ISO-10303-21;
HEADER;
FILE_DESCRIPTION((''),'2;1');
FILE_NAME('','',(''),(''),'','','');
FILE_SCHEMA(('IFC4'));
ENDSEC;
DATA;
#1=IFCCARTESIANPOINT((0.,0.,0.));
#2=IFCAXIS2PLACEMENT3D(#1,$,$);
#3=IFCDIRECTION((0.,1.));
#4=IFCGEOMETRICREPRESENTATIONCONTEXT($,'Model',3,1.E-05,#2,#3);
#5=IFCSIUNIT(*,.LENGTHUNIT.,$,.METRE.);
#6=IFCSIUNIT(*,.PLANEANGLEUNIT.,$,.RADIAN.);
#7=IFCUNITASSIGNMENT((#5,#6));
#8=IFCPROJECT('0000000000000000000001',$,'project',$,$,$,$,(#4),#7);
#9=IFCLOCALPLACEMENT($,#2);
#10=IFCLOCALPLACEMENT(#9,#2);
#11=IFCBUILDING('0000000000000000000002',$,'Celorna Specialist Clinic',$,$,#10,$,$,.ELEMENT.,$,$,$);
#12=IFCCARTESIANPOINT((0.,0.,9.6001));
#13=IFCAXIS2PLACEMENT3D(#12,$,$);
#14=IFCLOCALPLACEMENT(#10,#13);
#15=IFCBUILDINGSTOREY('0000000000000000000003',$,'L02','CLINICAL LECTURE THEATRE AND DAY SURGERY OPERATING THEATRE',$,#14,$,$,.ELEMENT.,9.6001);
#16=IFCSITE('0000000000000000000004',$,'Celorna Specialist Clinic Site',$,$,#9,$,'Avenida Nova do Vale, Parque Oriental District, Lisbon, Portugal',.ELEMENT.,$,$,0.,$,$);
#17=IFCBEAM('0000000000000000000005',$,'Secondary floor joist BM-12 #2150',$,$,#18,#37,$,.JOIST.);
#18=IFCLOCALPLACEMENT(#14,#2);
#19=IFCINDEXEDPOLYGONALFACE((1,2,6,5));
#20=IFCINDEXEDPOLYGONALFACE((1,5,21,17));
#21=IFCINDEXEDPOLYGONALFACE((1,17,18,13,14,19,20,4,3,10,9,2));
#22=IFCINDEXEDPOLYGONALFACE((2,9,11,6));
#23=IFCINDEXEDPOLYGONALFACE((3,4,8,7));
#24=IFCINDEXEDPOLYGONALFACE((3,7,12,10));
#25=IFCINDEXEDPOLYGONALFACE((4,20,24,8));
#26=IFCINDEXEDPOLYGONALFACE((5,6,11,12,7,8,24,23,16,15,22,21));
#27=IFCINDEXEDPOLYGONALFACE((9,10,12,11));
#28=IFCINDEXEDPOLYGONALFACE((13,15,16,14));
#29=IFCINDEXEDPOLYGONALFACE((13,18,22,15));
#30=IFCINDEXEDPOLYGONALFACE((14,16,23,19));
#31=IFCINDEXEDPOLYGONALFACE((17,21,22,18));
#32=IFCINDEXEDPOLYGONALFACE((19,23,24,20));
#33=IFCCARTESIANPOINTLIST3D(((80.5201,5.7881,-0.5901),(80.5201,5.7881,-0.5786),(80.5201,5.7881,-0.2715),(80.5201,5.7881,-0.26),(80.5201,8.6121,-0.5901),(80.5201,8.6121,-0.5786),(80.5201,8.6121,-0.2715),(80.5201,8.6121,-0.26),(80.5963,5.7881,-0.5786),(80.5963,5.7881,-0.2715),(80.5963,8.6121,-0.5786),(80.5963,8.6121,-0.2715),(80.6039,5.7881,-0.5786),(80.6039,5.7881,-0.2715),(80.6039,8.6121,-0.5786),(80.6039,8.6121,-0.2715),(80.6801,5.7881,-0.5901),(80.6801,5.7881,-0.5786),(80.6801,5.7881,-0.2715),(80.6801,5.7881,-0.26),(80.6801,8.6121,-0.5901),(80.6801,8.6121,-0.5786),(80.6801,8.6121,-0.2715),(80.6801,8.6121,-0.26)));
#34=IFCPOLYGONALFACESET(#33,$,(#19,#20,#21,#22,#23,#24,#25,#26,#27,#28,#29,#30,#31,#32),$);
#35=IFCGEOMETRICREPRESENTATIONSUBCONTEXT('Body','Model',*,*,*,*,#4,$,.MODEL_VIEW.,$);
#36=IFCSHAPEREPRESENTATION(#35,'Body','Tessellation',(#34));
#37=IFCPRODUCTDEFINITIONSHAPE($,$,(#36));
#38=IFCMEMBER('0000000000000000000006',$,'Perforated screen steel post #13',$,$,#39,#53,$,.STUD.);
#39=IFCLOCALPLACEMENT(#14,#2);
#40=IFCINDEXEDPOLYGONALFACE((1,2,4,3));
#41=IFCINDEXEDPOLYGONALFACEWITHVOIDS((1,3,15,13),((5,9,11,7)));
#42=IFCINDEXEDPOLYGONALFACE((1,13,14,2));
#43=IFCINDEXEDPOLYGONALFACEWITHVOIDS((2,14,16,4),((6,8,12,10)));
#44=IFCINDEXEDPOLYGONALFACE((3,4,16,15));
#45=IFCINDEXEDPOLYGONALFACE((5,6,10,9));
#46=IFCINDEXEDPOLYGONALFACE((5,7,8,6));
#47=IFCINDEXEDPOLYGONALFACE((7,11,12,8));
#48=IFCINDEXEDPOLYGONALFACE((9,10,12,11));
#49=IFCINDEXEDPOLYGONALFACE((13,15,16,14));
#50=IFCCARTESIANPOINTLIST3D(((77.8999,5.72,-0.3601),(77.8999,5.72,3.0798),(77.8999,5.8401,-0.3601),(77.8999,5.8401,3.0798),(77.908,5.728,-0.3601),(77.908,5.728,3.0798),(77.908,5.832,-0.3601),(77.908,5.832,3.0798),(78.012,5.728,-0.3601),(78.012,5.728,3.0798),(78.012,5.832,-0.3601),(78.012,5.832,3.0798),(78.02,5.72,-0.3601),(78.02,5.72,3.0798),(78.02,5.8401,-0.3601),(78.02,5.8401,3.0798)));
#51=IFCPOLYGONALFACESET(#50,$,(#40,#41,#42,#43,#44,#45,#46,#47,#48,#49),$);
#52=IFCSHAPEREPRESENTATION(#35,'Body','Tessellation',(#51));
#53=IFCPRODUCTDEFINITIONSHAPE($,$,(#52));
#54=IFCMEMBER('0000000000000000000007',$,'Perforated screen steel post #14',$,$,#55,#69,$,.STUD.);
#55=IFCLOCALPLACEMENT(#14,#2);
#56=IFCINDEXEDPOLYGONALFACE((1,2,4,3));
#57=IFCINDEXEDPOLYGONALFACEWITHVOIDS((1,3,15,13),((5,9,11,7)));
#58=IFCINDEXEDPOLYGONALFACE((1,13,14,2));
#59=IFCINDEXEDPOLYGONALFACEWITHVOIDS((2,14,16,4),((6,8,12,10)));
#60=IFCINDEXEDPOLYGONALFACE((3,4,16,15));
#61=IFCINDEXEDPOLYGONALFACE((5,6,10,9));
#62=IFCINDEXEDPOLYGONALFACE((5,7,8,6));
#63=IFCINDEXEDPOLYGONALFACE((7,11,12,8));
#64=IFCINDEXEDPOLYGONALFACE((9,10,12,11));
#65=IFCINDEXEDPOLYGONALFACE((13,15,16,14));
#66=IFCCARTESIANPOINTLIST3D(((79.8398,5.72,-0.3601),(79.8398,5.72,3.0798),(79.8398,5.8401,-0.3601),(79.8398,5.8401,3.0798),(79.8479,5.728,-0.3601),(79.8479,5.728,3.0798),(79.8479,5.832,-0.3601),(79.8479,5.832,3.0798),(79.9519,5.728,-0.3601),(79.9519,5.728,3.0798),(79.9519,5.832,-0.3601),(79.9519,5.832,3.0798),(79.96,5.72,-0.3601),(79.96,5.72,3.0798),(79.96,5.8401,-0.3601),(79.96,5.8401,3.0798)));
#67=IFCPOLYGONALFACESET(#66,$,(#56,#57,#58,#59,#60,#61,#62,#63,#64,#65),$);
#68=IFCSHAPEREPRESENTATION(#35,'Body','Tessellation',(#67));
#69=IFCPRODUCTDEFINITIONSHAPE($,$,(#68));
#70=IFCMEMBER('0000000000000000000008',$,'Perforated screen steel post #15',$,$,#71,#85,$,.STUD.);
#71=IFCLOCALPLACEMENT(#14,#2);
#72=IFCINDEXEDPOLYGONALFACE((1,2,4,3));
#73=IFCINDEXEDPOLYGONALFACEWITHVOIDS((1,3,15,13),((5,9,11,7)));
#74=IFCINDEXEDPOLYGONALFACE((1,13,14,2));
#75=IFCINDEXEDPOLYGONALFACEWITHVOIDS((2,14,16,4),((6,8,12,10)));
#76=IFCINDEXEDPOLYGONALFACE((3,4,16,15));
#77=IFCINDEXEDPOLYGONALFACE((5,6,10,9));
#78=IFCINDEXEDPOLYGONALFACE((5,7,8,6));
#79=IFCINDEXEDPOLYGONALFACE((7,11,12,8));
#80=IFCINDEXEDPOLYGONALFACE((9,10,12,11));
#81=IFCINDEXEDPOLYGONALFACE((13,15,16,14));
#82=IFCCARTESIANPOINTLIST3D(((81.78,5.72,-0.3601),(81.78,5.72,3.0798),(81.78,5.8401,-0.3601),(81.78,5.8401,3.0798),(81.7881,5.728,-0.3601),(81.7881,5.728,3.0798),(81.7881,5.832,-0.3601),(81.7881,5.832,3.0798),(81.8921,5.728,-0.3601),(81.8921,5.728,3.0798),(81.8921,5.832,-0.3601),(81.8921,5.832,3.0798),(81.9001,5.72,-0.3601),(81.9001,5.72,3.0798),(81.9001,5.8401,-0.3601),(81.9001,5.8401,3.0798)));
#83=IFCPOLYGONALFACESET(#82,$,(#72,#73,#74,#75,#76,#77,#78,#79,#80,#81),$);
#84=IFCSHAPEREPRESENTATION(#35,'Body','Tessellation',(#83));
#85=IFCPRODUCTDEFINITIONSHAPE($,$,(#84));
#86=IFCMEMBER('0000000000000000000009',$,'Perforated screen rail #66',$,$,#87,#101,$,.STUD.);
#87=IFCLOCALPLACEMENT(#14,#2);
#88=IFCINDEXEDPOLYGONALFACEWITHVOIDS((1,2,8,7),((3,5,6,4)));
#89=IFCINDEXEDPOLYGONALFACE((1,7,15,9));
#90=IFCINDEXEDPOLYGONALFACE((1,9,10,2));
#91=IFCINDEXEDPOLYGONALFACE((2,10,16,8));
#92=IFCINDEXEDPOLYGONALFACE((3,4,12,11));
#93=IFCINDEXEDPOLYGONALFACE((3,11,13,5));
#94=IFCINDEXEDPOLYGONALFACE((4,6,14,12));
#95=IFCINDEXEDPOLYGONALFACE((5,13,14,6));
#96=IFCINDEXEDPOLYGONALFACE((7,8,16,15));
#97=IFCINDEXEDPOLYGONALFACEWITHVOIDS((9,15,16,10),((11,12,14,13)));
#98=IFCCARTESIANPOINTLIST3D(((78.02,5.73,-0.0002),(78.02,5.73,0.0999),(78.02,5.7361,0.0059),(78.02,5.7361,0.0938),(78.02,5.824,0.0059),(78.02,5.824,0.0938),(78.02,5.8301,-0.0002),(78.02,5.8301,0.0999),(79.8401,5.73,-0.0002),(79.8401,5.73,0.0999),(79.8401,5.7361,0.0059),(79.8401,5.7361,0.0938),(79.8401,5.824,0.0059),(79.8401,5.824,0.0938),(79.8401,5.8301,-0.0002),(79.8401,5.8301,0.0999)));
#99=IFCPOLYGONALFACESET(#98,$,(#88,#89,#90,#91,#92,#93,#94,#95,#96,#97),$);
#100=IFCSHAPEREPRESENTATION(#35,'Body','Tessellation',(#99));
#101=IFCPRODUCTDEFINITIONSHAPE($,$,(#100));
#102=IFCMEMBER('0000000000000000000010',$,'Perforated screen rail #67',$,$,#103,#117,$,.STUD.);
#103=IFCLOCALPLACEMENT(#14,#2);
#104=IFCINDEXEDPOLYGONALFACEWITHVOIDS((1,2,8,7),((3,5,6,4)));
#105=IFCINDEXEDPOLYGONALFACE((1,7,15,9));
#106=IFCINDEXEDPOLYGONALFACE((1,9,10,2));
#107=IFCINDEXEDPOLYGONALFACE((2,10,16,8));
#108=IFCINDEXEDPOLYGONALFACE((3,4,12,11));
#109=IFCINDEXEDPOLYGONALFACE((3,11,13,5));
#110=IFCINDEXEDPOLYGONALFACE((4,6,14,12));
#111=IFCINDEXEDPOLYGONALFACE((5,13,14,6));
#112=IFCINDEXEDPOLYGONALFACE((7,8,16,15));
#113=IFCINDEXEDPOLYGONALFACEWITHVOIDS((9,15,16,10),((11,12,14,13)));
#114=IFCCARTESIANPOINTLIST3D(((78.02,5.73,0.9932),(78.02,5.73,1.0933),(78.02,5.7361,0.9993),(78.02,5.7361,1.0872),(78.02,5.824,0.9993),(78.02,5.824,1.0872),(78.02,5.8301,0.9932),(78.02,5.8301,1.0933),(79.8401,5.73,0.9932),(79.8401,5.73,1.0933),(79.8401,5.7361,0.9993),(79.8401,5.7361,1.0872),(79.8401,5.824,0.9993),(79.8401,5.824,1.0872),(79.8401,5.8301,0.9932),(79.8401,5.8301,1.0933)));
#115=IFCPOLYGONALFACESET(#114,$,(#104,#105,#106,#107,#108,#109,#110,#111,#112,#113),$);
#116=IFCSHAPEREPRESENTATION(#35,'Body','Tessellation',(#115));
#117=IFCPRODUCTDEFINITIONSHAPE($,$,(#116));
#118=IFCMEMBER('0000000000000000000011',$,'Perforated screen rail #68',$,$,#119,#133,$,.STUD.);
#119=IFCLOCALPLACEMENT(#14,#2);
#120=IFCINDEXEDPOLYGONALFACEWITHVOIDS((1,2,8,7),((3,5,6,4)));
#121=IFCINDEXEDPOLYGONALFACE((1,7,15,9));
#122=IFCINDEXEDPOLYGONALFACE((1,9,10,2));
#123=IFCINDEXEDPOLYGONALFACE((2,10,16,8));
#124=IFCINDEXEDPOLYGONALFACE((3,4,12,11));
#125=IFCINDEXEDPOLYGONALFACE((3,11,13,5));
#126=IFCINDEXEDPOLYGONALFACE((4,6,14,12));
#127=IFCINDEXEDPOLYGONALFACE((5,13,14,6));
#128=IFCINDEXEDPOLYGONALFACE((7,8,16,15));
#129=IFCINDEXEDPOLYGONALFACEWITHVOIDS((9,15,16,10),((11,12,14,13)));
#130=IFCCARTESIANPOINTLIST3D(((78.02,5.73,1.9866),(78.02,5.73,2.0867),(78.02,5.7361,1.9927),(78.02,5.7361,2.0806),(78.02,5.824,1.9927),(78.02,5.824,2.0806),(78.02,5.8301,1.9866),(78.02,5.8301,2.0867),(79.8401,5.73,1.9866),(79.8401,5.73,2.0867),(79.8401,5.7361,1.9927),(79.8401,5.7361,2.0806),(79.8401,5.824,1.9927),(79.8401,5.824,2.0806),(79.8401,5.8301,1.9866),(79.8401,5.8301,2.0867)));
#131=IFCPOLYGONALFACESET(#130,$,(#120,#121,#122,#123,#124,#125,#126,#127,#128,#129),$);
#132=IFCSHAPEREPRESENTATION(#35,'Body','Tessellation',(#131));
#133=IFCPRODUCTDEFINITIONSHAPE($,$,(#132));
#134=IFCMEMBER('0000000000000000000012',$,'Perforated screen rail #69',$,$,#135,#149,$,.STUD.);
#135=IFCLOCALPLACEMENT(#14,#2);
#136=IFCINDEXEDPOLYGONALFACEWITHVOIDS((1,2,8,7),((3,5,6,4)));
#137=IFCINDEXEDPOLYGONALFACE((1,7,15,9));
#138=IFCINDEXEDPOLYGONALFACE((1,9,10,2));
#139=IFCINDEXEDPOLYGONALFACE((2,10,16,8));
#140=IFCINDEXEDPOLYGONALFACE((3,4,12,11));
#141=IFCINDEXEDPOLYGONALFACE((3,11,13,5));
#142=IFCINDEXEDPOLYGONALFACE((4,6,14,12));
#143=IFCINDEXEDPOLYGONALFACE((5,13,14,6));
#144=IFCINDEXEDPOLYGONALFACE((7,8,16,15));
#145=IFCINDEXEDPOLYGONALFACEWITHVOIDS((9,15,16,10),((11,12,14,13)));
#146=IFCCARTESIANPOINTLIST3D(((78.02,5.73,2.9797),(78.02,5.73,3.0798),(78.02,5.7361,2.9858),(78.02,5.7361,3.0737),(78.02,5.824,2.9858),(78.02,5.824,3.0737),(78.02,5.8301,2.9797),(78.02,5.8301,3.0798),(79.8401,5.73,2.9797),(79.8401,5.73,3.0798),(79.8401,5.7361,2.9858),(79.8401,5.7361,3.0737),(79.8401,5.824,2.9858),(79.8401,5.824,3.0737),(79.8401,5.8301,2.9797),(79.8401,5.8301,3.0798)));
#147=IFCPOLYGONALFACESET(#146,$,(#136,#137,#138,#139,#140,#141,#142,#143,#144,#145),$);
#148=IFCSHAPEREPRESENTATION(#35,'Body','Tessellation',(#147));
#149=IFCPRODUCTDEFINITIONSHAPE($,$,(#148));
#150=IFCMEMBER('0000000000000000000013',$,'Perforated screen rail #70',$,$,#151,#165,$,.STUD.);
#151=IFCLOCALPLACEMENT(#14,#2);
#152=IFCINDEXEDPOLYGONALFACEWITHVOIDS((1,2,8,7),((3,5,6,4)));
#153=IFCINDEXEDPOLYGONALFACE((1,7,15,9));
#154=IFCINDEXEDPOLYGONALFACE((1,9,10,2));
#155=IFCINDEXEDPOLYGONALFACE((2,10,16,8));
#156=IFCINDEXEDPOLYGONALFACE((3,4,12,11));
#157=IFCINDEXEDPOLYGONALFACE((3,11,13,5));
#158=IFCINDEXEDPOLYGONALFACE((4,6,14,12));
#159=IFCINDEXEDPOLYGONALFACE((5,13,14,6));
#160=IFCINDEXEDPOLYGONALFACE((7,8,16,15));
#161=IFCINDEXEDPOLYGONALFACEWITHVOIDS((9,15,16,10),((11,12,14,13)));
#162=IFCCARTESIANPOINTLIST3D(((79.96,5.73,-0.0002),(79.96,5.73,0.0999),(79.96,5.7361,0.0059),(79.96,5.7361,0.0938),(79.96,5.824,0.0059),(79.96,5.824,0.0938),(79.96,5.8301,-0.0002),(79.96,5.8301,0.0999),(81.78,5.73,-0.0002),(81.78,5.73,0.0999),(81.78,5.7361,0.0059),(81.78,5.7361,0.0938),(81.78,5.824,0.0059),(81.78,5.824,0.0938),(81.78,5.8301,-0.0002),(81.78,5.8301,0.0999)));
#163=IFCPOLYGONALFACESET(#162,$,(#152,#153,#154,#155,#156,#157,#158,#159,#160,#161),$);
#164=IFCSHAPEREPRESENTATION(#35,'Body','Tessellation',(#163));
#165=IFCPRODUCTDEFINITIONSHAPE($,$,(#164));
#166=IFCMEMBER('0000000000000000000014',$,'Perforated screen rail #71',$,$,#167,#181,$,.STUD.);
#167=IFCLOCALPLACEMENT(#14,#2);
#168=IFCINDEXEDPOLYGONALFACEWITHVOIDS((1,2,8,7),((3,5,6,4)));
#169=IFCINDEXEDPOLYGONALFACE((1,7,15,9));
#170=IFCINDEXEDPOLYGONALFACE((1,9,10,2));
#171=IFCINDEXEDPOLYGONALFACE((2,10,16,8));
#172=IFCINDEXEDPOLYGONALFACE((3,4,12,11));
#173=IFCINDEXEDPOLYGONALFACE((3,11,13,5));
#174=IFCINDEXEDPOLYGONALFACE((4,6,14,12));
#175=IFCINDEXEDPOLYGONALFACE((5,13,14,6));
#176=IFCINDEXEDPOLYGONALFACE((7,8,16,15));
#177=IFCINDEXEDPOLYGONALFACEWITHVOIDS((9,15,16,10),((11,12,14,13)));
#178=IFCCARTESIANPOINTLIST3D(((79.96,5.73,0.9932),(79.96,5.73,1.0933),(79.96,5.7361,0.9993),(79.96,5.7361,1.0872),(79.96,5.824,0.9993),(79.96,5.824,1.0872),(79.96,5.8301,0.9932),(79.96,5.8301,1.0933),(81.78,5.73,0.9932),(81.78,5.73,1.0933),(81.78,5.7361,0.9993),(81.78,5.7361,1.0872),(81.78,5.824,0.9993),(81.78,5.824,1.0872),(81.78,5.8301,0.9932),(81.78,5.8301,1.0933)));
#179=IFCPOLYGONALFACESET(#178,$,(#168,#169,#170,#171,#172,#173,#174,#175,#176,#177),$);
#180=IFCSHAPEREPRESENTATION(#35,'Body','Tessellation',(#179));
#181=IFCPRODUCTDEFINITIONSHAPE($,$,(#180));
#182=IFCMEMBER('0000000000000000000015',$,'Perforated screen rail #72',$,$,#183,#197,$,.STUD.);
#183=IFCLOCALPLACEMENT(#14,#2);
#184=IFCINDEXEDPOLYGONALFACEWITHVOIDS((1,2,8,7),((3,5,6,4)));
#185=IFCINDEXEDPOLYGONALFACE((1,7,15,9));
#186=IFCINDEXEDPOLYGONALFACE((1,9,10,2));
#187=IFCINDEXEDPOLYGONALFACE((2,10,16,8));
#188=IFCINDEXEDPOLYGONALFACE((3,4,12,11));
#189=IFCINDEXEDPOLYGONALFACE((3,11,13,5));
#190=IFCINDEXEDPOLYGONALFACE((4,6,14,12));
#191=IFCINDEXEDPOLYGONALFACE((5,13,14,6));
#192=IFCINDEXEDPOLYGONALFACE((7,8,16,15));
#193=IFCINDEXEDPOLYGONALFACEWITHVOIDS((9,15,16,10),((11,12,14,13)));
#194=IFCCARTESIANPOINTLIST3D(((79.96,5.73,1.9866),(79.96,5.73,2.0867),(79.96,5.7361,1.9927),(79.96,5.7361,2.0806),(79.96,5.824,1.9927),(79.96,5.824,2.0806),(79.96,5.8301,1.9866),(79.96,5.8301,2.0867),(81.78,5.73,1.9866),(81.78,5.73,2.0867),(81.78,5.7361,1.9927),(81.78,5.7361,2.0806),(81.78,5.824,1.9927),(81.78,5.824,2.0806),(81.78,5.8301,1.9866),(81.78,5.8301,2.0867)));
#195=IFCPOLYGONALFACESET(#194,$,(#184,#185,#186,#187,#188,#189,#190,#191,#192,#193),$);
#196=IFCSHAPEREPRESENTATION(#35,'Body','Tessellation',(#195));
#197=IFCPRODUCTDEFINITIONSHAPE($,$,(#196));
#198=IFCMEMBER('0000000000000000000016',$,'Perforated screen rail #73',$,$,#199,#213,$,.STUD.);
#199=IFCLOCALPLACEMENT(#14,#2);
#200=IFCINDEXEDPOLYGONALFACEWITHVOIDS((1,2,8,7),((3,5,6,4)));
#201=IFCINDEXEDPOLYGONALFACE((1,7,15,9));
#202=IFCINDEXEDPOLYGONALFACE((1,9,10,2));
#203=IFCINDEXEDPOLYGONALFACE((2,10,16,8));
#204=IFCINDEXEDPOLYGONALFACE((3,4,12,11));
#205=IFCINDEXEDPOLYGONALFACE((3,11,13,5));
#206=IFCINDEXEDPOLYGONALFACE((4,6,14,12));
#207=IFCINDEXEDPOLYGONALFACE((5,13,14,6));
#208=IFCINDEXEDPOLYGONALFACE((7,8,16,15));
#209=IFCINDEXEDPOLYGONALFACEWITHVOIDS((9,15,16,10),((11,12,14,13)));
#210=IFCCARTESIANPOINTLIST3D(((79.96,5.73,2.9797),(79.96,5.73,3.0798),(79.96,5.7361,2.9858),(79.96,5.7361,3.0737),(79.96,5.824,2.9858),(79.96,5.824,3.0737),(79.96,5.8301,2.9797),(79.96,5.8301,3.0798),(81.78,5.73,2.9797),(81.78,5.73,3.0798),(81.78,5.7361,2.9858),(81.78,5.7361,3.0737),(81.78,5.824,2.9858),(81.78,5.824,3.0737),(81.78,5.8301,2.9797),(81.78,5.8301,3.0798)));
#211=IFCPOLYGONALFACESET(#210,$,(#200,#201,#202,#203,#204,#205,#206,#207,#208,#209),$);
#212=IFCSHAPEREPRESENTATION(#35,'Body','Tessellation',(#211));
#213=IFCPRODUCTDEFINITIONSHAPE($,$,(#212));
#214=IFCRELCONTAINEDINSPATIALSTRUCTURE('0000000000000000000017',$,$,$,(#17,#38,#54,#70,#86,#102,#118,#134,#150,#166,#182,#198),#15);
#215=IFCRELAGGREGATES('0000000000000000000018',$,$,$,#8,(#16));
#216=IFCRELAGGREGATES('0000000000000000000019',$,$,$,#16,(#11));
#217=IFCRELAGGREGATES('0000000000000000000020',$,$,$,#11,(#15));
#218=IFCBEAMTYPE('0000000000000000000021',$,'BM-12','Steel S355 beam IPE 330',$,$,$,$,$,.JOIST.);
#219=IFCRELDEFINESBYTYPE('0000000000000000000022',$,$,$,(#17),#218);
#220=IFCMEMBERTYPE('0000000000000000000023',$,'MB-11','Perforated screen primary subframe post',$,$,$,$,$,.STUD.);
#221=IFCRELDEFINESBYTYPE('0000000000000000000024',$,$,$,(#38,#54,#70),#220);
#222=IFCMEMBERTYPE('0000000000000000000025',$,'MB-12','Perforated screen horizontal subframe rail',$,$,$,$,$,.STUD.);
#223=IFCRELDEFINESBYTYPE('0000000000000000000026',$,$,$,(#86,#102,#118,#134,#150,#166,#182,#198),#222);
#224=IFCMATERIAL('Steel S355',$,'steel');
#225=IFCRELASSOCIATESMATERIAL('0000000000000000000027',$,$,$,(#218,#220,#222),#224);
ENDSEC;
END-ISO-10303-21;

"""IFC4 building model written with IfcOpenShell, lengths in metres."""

from ifc_helpers import new_model, si_unit, direction, frame, origin, origin_2d, place, context, subcontext, project, spatial, hollow_rectangle, i_section, extrude, material, material_profile, profile_set, type_object, element, save


model = new_model("IFC4")

# Units and contexts
model_context = context("Model", 3, precision=1e-05, world=origin(), true_north=direction((0.0, 1.0)))
body_context = subcontext(model_context, "Body", "Model", "MODEL_VIEW")
ifc_project = project(units=[si_unit("LENGTHUNIT", "METRE"), si_unit("PLANEANGLEUNIT", "RADIAN")], contexts=[model_context])

# Site, building, storey
site_placement = place(None, origin())
site = spatial("IfcSite", under=ifc_project, at=site_placement, Name="Celorna Specialist Clinic Site", LongName="Avenida Nova do Vale, Parque Oriental District, Lisbon, Portugal", CompositionType="ELEMENT", RefElevation=0.0)
building_placement = place(site_placement, origin())
building = spatial("IfcBuilding", under=site, at=building_placement, Name="Celorna Specialist Clinic", CompositionType="ELEMENT")
storey_placement = place(building_placement, frame((0.0, 0.0, 9.6001)))
storey = spatial("IfcBuildingStorey", under=building, at=storey_placement, Name="L02", Description="CLINICAL LECTURE THEATRE AND DAY SURGERY OPERATING THEATRE", CompositionType="ELEMENT", Elevation=9.6001)

# Beam
ifc_material_1 = material(Name="Steel S355", Category="steel")
ifc_material_profile_1 = material_profile(ifc_material_1, i_section(OverallWidth=0.1599, OverallDepth=0.3301, WebThickness=0.0076, FlangeThickness=0.0115, at=origin_2d()), Name="IPE 330")
ifc_profile_set_1 = profile_set([ifc_material_profile_1], Name="Steel S355")
beam_type = type_object("IfcBeamType", Name="BM-12", Description="Steel S355 beam IPE 330", PredefinedType="JOIST", material=ifc_profile_set_1)
beam_placement = place(storey_placement, frame((80.6001, 5.7881, -0.425), z_axis=(0.0, 1.0, 0.0), x_axis=(-1.0, 0.0, 0.0)))
element("IfcBeam", 1, at=beam_placement, inside=storey, type_object=beam_type, Name="Secondary floor joist BM-12 #2150", PredefinedType="JOIST", context=body_context, shape_type="SweptSolid", body=[
    extrude(i_section(OverallWidth=0.1599, OverallDepth=0.3301, WebThickness=0.0076, FlangeThickness=0.0115, at=origin_2d()), origin(), (0.0, 0.0, 1.0), 2.824),
])

# Members
ifc_material_profile_2 = material_profile(ifc_material_1, hollow_rectangle(XDim=0.1201, YDim=0.1201, WallThickness=0.0081, at=origin_2d()), Name="SHS 120x120x8")
ifc_profile_set_2 = profile_set([ifc_material_profile_2], Name="Steel S355")
member_type_1 = type_object("IfcMemberType", Name="MB-11", Description="Perforated screen primary subframe post", PredefinedType="STUD", material=ifc_profile_set_2)
for number, where, z_axis, x_axis, name in (
    (2, (77.96, 5.78, -0.3601), (0.0, 0.0, 1.0), (1.0, 0.0, 0.0), "Perforated screen steel post #13"),
    (3, (79.8999, 5.78, -0.3601), (0.0, 0.0, 1.0), (1.0, 0.0, 0.0), "Perforated screen steel post #14"),
    (4, (81.8401, 5.78, -0.3601), (0.0, 0.0, 1.0), (1.0, 0.0, 0.0), "Perforated screen steel post #15"),
):
    element("IfcMember", number, at=place(storey_placement, frame(where, z_axis=z_axis, x_axis=x_axis)), inside=storey, type_object=member_type_1, Name=name, PredefinedType="STUD", context=body_context, shape_type="SweptSolid", body=[
        extrude(hollow_rectangle(XDim=0.1201, YDim=0.1201, WallThickness=0.0081, at=origin_2d()), origin(), (0.0, 0.0, 1.0), 3.4399),
    ])
ifc_material_profile_3 = material_profile(ifc_material_1, hollow_rectangle(XDim=0.1001, YDim=0.1001, WallThickness=0.0061, at=origin_2d()), Name="SHS 100x100x6")
ifc_profile_set_3 = profile_set([ifc_material_profile_3], Name="Steel S355")
member_type_2 = type_object("IfcMemberType", Name="MB-12", Description="Perforated screen horizontal subframe rail", PredefinedType="STUD", material=ifc_profile_set_3)
for number, where, z_axis, x_axis, name in (
    (5, (78.02, 5.78, 0.0498), (1.0, 0.0, 0.0), (0.0, 1.0, 0.0), "Perforated screen rail #66"),
    (6, (78.02, 5.78, 1.0432), (1.0, 0.0, 0.0), (0.0, 1.0, 0.0), "Perforated screen rail #67"),
    (7, (78.02, 5.78, 2.0366), (1.0, 0.0, 0.0), (0.0, 1.0, 0.0), "Perforated screen rail #68"),
    (8, (78.02, 5.78, 3.0298), (1.0, 0.0, 0.0), (0.0, 1.0, 0.0), "Perforated screen rail #69"),
    (9, (79.96, 5.78, 0.0498), (1.0, 0.0, 0.0), (0.0, 1.0, 0.0), "Perforated screen rail #70"),
    (10, (79.96, 5.78, 1.0432), (1.0, 0.0, 0.0), (0.0, 1.0, 0.0), "Perforated screen rail #71"),
    (11, (79.96, 5.78, 2.0366), (1.0, 0.0, 0.0), (0.0, 1.0, 0.0), "Perforated screen rail #72"),
    (12, (79.96, 5.78, 3.0298), (1.0, 0.0, 0.0), (0.0, 1.0, 0.0), "Perforated screen rail #73"),
):
    element("IfcMember", number, at=place(storey_placement, frame(where, z_axis=z_axis, x_axis=x_axis)), inside=storey, type_object=member_type_2, Name=name, PredefinedType="STUD", context=body_context, shape_type="SweptSolid", body=[
        extrude(hollow_rectangle(XDim=0.1001, YDim=0.1001, WallThickness=0.0061, at=origin_2d()), origin(), (0.0, 0.0, 1.0), 1.8201),
    ])

save(model, "model.ifc")
